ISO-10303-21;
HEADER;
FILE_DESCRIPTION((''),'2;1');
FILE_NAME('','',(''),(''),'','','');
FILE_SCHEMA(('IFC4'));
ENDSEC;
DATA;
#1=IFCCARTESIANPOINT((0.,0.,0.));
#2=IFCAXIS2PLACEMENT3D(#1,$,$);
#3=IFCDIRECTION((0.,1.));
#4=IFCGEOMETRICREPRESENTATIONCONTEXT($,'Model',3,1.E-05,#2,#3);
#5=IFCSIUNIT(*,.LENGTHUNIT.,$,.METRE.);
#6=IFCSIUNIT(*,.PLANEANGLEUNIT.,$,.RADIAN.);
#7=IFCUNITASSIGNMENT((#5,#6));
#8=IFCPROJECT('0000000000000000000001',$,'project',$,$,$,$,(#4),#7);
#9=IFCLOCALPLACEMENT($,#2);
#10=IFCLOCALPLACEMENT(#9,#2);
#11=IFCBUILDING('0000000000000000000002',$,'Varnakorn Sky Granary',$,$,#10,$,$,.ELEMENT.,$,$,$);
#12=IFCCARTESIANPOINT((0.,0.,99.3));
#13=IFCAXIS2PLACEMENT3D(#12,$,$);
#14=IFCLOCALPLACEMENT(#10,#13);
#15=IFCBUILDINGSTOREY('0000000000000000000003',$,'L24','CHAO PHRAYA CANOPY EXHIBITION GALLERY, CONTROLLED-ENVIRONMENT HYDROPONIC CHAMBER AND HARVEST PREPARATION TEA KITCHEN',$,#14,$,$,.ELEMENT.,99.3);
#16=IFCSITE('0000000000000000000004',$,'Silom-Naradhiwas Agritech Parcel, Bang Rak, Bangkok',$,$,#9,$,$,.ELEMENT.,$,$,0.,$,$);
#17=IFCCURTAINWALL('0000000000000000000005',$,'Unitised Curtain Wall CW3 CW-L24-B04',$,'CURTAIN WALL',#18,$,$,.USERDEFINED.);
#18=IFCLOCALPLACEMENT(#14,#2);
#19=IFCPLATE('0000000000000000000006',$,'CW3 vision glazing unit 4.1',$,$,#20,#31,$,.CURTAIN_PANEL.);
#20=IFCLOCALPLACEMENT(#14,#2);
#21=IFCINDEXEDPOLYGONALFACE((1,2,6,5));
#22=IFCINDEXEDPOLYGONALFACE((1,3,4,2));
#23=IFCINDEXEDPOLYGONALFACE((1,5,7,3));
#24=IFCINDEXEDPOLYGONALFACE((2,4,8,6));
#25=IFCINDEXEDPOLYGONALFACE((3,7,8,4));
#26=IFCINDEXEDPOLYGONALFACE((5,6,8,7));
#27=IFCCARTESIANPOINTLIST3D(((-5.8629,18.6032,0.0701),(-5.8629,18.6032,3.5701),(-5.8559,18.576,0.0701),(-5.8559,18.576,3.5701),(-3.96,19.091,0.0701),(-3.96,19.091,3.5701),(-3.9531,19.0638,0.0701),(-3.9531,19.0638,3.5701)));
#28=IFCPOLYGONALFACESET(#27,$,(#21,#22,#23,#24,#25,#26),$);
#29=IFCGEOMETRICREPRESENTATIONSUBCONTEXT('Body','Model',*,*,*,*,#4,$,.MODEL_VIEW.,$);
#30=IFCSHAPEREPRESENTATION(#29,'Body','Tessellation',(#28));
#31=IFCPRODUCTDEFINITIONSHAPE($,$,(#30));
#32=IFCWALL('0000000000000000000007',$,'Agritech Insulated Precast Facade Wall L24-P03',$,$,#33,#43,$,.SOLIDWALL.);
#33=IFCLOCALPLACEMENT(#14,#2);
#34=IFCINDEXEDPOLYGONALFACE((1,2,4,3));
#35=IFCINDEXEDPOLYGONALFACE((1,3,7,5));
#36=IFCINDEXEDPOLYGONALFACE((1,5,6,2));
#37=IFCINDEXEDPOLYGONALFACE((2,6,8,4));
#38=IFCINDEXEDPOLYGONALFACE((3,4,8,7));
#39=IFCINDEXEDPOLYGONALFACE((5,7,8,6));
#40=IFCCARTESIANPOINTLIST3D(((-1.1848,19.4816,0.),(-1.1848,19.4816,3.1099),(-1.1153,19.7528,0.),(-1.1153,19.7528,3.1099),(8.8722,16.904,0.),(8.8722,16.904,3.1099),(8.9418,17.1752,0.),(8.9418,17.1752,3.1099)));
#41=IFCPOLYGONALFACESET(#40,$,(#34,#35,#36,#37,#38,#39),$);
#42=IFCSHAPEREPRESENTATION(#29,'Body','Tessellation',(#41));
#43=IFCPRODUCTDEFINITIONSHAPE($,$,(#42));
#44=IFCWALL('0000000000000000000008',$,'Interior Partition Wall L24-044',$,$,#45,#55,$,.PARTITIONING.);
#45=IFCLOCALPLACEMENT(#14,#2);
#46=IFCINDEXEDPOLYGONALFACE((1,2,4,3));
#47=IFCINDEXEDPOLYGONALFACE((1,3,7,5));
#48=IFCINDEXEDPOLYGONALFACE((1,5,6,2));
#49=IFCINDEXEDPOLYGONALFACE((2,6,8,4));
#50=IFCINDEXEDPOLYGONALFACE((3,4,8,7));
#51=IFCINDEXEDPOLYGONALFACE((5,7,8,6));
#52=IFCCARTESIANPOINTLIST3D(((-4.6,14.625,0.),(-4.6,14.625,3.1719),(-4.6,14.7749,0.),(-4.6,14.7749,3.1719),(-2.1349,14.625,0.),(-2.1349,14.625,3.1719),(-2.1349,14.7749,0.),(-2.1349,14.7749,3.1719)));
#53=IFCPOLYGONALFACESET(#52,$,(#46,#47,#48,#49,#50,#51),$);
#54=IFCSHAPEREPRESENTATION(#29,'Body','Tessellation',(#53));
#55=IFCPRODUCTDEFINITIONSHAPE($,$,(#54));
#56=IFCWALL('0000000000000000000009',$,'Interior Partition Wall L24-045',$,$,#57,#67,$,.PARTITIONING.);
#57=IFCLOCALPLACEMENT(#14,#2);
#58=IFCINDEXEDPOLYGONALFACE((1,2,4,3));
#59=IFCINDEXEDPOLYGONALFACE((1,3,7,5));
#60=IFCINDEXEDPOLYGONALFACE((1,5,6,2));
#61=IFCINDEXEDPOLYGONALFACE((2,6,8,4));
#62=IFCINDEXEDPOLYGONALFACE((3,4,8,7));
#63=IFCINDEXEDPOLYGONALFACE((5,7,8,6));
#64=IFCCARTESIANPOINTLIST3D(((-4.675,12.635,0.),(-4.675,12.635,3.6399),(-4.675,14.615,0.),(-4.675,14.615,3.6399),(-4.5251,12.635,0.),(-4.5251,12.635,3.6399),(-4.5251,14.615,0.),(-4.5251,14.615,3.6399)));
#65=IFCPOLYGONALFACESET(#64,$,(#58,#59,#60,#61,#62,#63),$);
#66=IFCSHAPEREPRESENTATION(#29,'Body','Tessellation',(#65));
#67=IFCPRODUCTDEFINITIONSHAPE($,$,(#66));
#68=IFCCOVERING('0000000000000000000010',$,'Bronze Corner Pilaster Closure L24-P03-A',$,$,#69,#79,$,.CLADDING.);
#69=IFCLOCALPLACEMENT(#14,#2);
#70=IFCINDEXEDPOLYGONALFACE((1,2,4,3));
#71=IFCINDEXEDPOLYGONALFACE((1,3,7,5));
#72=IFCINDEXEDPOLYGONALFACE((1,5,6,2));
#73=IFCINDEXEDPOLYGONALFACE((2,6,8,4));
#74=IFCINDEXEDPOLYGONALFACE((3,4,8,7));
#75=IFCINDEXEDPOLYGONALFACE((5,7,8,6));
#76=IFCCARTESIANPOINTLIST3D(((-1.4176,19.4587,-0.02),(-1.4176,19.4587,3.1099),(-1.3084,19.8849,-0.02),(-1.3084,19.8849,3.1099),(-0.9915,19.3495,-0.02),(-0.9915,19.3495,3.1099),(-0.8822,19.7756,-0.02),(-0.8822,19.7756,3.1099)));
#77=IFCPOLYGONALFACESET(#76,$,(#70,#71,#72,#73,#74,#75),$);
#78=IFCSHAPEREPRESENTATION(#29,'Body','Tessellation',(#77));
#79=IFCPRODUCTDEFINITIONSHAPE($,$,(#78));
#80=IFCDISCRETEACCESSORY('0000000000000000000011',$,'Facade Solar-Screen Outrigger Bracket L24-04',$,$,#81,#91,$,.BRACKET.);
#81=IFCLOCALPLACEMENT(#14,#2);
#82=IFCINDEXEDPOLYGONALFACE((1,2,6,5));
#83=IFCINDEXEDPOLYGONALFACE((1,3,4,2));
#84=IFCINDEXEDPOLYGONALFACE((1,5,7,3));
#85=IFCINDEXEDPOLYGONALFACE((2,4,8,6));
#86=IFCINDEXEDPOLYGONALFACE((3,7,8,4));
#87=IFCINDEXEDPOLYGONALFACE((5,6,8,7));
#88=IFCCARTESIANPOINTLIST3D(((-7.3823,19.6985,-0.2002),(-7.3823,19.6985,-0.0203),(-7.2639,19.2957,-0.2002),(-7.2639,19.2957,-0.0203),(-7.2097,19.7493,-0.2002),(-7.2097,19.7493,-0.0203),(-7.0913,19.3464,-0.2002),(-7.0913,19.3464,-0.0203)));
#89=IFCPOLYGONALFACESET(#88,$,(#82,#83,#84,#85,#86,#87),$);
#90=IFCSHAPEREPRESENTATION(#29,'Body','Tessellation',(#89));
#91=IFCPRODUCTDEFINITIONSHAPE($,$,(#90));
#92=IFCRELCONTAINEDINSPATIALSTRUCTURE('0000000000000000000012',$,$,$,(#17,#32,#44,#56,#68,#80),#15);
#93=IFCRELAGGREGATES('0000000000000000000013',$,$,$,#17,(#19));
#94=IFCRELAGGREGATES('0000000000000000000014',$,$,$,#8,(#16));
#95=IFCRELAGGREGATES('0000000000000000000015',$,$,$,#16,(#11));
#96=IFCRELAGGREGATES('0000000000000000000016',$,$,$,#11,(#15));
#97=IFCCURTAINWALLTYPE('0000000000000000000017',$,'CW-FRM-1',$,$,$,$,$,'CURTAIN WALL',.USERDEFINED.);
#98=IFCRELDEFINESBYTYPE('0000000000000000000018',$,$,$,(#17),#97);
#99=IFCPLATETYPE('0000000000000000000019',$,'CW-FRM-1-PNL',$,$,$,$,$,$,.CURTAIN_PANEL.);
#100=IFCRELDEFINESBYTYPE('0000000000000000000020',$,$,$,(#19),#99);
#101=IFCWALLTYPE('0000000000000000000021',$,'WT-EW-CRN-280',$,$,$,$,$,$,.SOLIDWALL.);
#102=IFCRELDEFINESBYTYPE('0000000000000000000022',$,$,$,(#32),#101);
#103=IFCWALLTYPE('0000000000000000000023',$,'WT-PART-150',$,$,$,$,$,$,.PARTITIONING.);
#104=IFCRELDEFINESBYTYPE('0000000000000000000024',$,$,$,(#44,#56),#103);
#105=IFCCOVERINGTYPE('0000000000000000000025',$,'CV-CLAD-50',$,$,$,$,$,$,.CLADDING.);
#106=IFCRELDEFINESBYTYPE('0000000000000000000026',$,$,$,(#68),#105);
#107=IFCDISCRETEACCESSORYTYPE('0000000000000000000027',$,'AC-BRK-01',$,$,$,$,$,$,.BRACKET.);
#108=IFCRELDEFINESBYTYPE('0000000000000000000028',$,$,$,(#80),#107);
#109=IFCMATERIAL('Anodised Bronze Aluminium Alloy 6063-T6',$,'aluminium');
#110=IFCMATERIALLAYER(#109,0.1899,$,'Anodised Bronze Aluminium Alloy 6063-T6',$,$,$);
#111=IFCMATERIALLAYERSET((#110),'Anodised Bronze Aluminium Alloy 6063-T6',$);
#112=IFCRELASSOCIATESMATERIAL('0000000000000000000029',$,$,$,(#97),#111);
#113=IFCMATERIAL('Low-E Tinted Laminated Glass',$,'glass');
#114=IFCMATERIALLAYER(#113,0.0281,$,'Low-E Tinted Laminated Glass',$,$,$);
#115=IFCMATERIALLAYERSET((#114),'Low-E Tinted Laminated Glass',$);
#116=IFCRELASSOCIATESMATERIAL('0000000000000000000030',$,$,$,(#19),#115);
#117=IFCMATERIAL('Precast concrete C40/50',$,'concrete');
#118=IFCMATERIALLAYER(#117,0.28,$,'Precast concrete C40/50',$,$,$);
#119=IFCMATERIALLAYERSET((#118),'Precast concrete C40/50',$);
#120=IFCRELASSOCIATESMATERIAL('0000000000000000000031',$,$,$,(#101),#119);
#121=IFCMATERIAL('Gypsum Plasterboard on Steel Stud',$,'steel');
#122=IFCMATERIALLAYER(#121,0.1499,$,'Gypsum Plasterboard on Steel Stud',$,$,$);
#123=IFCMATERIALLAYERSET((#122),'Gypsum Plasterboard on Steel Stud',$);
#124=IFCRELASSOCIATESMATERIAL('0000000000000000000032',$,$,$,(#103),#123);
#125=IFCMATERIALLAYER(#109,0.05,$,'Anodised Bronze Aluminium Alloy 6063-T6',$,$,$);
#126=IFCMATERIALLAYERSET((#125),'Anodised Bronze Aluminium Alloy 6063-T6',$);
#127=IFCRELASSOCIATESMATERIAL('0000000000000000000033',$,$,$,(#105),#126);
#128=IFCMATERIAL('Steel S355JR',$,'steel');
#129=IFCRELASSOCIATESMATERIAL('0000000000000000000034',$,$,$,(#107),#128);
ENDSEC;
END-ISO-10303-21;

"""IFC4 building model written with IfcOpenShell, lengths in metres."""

from ifc_helpers import new_model, si_unit, direction, frame, frame_2d, origin, origin_2d, place, context, subcontext, project, spatial, rectangle, extrude, source, transform, mapped, material, layer, layer_set, type_object, type_shapes, element, aggregate, save


model = new_model("IFC4")

# Units and contexts
model_context = context("Model", 3, precision=1e-05, world=origin(), true_north=direction((0.0, 1.0)))
body_context = subcontext(model_context, "Body", "Model", "MODEL_VIEW")
ifc_project = project(units=[si_unit("LENGTHUNIT", "METRE"), si_unit("PLANEANGLEUNIT", "RADIAN")], contexts=[model_context])

# Site, building, storey
site_placement = place(None, origin())
site = spatial("IfcSite", under=ifc_project, at=site_placement, Name="Silom-Naradhiwas Agritech Parcel, Bang Rak, Bangkok", CompositionType="ELEMENT", RefElevation=0.0)
building_placement = place(site_placement, origin())
building = spatial("IfcBuilding", under=site, at=building_placement, Name="Varnakorn Sky Granary", CompositionType="ELEMENT")
storey_placement = place(building_placement, frame((0.0, 0.0, 99.3)))
storey = spatial("IfcBuildingStorey", under=building, at=storey_placement, Name="L24", Description="CHAO PHRAYA CANOPY EXHIBITION GALLERY, CONTROLLED-ENVIRONMENT HYDROPONIC CHAMBER AND HARVEST PREPARATION TEA KITCHEN", CompositionType="ELEMENT", Elevation=99.3)

# Shared definitions
ifc_material_1 = material(Name="Steel S355JR", Category="steel")

# Curtain wall, plate
ifc_material_2 = material(Name="Anodised Bronze Aluminium Alloy 6063-T6", Category="aluminium")
ifc_layer_1 = layer(ifc_material_2, 0.1899, Name="Anodised Bronze Aluminium Alloy 6063-T6")
ifc_layer_set_1 = layer_set([ifc_layer_1], Name="Anodised Bronze Aluminium Alloy 6063-T6")
curtain_wall_type = type_object("IfcCurtainWallType", Name="CW-FRM-1", ElementType="CURTAIN WALL", PredefinedType="USERDEFINED", material=ifc_layer_set_1)
curtain_wall_placement = place(storey_placement, origin())
curtain_wall = element("IfcCurtainWall", 1, at=curtain_wall_placement, inside=storey, type_object=curtain_wall_type, Name="Unitised Curtain Wall CW3 CW-L24-B04", ObjectType="CURTAIN WALL", PredefinedType="USERDEFINED")
ifc_material_3 = material(Name="Low-E Tinted Laminated Glass", Category="glass")
ifc_layer_2 = layer(ifc_material_3, 0.0281, Name="Low-E Tinted Laminated Glass")
ifc_layer_set_2 = layer_set([ifc_layer_2], Name="Low-E Tinted Laminated Glass")
plate_type = type_object("IfcPlateType", Name="CW-FRM-1-PNL", PredefinedType="CURTAIN_PANEL")
shared_shape_1 = source(origin(), body_context, "Body", "SweptSolid", [
    extrude(rectangle(XDim=1.9644, YDim=0.0281, at=origin_2d()), origin(), (0.0, 0.0, 1.0), 3.5),
])
plate_1_placement = place(storey_placement, frame((-4.908, 18.8335, 0.0701), z_axis=(0.0, 0.0, 1.0), x_axis=(0.968687, 0.248284, 0.0)))
plate_1 = element("IfcPlate", 2, at=plate_1_placement, type_object=plate_type, material=ifc_layer_set_2, Name="CW3 vision glazing unit 4.1", PredefinedType="CURTAIN_PANEL", context=body_context, shape_type="MappedRepresentation", body=[
    mapped(shared_shape_1, transform((0.0, 0.0, 0.0), x_axis=(1.0, 0.0, 0.0), y_axis=(0.0, 1.0, 0.0), z_axis=(0.0, 0.0, 1.0), scale=1.0)),
])
aggregate(curtain_wall, [plate_1])

# Walls
ifc_material_4 = material(Name="Precast concrete C40/50", Category="concrete")
ifc_layer_3 = layer(ifc_material_4, 0.28, Name="Precast concrete C40/50")
ifc_layer_set_3 = layer_set([ifc_layer_3], Name="Precast concrete C40/50")
wall_type_1 = type_object("IfcWallType", Name="WT-EW-CRN-280", PredefinedType="SOLIDWALL", material=ifc_layer_set_3)
wall_1_placement = place(storey_placement, frame((-1.1499, 19.6172, 0.0), z_axis=(0.0, 0.0, 1.0), x_axis=(0.96869, -0.248275, 0.0)))
element("IfcWall", 3, at=wall_1_placement, inside=storey, type_object=wall_type_1, Name="Agritech Insulated Precast Facade Wall L24-P03", PredefinedType="SOLIDWALL", context=body_context, shape_type="SweptSolid", body=[
    extrude(rectangle(XDim=10.3821, YDim=0.28, at=frame_2d((5.1909, 0.0))), origin(), (0.0, 0.0, 1.0), 3.1099),
])
ifc_material_5 = material(Name="Gypsum Plasterboard on Steel Stud", Category="steel")
ifc_layer_4 = layer(ifc_material_5, 0.1499, Name="Gypsum Plasterboard on Steel Stud")
ifc_layer_set_4 = layer_set([ifc_layer_4], Name="Gypsum Plasterboard on Steel Stud")
wall_type_2 = type_object("IfcWallType", Name="WT-PART-150", PredefinedType="PARTITIONING", material=ifc_layer_set_4)
wall_2_placement = place(storey_placement, frame((-2.135, 14.7, 0.0), z_axis=(0.0, 0.0, 1.0), x_axis=(-1.0, 0.0, 0.0)))
element("IfcWall", 4, at=wall_2_placement, inside=storey, type_object=wall_type_2, Name="Interior Partition Wall L24-044", PredefinedType="PARTITIONING", context=body_context, shape_type="SweptSolid", body=[
    extrude(rectangle(XDim=2.4651, YDim=0.1499, at=frame_2d((1.2324, 0.0))), origin(), (0.0, 0.0, 1.0), 3.1719),
])
wall_3_placement = place(storey_placement, frame((-4.6001, 14.615, 0.0), z_axis=(0.0, 0.0, 1.0), x_axis=(0.0, -1.0, 0.0)))
element("IfcWall", 5, at=wall_3_placement, inside=storey, type_object=wall_type_2, Name="Interior Partition Wall L24-045", PredefinedType="PARTITIONING", context=body_context, shape_type="SweptSolid", body=[
    extrude(rectangle(XDim=1.98, YDim=0.1499, at=frame_2d((0.99, 0.0))), origin(), (0.0, 0.0, 1.0), 3.6399),
])

# Covering
ifc_layer_5 = layer(ifc_material_2, 0.05, Name="Anodised Bronze Aluminium Alloy 6063-T6")
ifc_layer_set_5 = layer_set([ifc_layer_5], Name="Anodised Bronze Aluminium Alloy 6063-T6")
covering_type = type_object("IfcCoveringType", Name="CV-CLAD-50", PredefinedType="CLADDING", material=ifc_layer_set_5)
shared_shape_2 = source(origin(), body_context, "Body", "SweptSolid", [
    extrude(rectangle(XDim=0.4399, YDim=0.4399, at=origin_2d()), origin(), (0.0, 0.0, 1.0), 3.1299),
])
type_shapes(covering_type, [shared_shape_2])
covering_placement = place(storey_placement, frame((-1.1499, 19.6172, -0.02), z_axis=(0.0, 0.0, 1.0), x_axis=(0.96867, -0.248352, 0.0)))
element("IfcCovering", 6, at=covering_placement, inside=storey, type_object=covering_type, Name="Bronze Corner Pilaster Closure L24-P03-A", PredefinedType="CLADDING", context=body_context, shape_type="MappedRepresentation", body=[
    mapped(shared_shape_2, transform((0.0, 0.0, 0.0), x_axis=(1.0, 0.0, 0.0), y_axis=(0.0, 1.0, 0.0), z_axis=(0.0, 0.0, 1.0), scale=1.0)),
])

# Discrete accessory
discrete_accessory_type = type_object("IfcDiscreteAccessoryType", Name="AC-BRK-01", PredefinedType="BRACKET", material=ifc_material_1)
shared_shape_3 = source(origin(), body_context, "Body", "SweptSolid", [
    extrude(rectangle(XDim=0.1799, YDim=0.4199, at=origin_2d()), origin(), (0.0, 0.0, 1.0), 0.1799),
])
type_shapes(discrete_accessory_type, [shared_shape_3])
discrete_accessory_placement = place(storey_placement, frame((-7.2368, 19.5225, -0.2002), z_axis=(0.0, 0.0, 1.0), x_axis=(-0.959432, -0.281941, 0.0)))
element("IfcDiscreteAccessory", 7, at=discrete_accessory_placement, inside=storey, type_object=discrete_accessory_type, Name="Facade Solar-Screen Outrigger Bracket L24-04", PredefinedType="BRACKET", context=body_context, shape_type="MappedRepresentation", body=[
    mapped(shared_shape_3, transform((0.0, 0.0, 0.0), x_axis=(1.0, 0.0, 0.0), y_axis=(0.0, 1.0, 0.0), z_axis=(0.0, 0.0, 1.0), scale=1.0)),
])

save(model, "model.ifc")
